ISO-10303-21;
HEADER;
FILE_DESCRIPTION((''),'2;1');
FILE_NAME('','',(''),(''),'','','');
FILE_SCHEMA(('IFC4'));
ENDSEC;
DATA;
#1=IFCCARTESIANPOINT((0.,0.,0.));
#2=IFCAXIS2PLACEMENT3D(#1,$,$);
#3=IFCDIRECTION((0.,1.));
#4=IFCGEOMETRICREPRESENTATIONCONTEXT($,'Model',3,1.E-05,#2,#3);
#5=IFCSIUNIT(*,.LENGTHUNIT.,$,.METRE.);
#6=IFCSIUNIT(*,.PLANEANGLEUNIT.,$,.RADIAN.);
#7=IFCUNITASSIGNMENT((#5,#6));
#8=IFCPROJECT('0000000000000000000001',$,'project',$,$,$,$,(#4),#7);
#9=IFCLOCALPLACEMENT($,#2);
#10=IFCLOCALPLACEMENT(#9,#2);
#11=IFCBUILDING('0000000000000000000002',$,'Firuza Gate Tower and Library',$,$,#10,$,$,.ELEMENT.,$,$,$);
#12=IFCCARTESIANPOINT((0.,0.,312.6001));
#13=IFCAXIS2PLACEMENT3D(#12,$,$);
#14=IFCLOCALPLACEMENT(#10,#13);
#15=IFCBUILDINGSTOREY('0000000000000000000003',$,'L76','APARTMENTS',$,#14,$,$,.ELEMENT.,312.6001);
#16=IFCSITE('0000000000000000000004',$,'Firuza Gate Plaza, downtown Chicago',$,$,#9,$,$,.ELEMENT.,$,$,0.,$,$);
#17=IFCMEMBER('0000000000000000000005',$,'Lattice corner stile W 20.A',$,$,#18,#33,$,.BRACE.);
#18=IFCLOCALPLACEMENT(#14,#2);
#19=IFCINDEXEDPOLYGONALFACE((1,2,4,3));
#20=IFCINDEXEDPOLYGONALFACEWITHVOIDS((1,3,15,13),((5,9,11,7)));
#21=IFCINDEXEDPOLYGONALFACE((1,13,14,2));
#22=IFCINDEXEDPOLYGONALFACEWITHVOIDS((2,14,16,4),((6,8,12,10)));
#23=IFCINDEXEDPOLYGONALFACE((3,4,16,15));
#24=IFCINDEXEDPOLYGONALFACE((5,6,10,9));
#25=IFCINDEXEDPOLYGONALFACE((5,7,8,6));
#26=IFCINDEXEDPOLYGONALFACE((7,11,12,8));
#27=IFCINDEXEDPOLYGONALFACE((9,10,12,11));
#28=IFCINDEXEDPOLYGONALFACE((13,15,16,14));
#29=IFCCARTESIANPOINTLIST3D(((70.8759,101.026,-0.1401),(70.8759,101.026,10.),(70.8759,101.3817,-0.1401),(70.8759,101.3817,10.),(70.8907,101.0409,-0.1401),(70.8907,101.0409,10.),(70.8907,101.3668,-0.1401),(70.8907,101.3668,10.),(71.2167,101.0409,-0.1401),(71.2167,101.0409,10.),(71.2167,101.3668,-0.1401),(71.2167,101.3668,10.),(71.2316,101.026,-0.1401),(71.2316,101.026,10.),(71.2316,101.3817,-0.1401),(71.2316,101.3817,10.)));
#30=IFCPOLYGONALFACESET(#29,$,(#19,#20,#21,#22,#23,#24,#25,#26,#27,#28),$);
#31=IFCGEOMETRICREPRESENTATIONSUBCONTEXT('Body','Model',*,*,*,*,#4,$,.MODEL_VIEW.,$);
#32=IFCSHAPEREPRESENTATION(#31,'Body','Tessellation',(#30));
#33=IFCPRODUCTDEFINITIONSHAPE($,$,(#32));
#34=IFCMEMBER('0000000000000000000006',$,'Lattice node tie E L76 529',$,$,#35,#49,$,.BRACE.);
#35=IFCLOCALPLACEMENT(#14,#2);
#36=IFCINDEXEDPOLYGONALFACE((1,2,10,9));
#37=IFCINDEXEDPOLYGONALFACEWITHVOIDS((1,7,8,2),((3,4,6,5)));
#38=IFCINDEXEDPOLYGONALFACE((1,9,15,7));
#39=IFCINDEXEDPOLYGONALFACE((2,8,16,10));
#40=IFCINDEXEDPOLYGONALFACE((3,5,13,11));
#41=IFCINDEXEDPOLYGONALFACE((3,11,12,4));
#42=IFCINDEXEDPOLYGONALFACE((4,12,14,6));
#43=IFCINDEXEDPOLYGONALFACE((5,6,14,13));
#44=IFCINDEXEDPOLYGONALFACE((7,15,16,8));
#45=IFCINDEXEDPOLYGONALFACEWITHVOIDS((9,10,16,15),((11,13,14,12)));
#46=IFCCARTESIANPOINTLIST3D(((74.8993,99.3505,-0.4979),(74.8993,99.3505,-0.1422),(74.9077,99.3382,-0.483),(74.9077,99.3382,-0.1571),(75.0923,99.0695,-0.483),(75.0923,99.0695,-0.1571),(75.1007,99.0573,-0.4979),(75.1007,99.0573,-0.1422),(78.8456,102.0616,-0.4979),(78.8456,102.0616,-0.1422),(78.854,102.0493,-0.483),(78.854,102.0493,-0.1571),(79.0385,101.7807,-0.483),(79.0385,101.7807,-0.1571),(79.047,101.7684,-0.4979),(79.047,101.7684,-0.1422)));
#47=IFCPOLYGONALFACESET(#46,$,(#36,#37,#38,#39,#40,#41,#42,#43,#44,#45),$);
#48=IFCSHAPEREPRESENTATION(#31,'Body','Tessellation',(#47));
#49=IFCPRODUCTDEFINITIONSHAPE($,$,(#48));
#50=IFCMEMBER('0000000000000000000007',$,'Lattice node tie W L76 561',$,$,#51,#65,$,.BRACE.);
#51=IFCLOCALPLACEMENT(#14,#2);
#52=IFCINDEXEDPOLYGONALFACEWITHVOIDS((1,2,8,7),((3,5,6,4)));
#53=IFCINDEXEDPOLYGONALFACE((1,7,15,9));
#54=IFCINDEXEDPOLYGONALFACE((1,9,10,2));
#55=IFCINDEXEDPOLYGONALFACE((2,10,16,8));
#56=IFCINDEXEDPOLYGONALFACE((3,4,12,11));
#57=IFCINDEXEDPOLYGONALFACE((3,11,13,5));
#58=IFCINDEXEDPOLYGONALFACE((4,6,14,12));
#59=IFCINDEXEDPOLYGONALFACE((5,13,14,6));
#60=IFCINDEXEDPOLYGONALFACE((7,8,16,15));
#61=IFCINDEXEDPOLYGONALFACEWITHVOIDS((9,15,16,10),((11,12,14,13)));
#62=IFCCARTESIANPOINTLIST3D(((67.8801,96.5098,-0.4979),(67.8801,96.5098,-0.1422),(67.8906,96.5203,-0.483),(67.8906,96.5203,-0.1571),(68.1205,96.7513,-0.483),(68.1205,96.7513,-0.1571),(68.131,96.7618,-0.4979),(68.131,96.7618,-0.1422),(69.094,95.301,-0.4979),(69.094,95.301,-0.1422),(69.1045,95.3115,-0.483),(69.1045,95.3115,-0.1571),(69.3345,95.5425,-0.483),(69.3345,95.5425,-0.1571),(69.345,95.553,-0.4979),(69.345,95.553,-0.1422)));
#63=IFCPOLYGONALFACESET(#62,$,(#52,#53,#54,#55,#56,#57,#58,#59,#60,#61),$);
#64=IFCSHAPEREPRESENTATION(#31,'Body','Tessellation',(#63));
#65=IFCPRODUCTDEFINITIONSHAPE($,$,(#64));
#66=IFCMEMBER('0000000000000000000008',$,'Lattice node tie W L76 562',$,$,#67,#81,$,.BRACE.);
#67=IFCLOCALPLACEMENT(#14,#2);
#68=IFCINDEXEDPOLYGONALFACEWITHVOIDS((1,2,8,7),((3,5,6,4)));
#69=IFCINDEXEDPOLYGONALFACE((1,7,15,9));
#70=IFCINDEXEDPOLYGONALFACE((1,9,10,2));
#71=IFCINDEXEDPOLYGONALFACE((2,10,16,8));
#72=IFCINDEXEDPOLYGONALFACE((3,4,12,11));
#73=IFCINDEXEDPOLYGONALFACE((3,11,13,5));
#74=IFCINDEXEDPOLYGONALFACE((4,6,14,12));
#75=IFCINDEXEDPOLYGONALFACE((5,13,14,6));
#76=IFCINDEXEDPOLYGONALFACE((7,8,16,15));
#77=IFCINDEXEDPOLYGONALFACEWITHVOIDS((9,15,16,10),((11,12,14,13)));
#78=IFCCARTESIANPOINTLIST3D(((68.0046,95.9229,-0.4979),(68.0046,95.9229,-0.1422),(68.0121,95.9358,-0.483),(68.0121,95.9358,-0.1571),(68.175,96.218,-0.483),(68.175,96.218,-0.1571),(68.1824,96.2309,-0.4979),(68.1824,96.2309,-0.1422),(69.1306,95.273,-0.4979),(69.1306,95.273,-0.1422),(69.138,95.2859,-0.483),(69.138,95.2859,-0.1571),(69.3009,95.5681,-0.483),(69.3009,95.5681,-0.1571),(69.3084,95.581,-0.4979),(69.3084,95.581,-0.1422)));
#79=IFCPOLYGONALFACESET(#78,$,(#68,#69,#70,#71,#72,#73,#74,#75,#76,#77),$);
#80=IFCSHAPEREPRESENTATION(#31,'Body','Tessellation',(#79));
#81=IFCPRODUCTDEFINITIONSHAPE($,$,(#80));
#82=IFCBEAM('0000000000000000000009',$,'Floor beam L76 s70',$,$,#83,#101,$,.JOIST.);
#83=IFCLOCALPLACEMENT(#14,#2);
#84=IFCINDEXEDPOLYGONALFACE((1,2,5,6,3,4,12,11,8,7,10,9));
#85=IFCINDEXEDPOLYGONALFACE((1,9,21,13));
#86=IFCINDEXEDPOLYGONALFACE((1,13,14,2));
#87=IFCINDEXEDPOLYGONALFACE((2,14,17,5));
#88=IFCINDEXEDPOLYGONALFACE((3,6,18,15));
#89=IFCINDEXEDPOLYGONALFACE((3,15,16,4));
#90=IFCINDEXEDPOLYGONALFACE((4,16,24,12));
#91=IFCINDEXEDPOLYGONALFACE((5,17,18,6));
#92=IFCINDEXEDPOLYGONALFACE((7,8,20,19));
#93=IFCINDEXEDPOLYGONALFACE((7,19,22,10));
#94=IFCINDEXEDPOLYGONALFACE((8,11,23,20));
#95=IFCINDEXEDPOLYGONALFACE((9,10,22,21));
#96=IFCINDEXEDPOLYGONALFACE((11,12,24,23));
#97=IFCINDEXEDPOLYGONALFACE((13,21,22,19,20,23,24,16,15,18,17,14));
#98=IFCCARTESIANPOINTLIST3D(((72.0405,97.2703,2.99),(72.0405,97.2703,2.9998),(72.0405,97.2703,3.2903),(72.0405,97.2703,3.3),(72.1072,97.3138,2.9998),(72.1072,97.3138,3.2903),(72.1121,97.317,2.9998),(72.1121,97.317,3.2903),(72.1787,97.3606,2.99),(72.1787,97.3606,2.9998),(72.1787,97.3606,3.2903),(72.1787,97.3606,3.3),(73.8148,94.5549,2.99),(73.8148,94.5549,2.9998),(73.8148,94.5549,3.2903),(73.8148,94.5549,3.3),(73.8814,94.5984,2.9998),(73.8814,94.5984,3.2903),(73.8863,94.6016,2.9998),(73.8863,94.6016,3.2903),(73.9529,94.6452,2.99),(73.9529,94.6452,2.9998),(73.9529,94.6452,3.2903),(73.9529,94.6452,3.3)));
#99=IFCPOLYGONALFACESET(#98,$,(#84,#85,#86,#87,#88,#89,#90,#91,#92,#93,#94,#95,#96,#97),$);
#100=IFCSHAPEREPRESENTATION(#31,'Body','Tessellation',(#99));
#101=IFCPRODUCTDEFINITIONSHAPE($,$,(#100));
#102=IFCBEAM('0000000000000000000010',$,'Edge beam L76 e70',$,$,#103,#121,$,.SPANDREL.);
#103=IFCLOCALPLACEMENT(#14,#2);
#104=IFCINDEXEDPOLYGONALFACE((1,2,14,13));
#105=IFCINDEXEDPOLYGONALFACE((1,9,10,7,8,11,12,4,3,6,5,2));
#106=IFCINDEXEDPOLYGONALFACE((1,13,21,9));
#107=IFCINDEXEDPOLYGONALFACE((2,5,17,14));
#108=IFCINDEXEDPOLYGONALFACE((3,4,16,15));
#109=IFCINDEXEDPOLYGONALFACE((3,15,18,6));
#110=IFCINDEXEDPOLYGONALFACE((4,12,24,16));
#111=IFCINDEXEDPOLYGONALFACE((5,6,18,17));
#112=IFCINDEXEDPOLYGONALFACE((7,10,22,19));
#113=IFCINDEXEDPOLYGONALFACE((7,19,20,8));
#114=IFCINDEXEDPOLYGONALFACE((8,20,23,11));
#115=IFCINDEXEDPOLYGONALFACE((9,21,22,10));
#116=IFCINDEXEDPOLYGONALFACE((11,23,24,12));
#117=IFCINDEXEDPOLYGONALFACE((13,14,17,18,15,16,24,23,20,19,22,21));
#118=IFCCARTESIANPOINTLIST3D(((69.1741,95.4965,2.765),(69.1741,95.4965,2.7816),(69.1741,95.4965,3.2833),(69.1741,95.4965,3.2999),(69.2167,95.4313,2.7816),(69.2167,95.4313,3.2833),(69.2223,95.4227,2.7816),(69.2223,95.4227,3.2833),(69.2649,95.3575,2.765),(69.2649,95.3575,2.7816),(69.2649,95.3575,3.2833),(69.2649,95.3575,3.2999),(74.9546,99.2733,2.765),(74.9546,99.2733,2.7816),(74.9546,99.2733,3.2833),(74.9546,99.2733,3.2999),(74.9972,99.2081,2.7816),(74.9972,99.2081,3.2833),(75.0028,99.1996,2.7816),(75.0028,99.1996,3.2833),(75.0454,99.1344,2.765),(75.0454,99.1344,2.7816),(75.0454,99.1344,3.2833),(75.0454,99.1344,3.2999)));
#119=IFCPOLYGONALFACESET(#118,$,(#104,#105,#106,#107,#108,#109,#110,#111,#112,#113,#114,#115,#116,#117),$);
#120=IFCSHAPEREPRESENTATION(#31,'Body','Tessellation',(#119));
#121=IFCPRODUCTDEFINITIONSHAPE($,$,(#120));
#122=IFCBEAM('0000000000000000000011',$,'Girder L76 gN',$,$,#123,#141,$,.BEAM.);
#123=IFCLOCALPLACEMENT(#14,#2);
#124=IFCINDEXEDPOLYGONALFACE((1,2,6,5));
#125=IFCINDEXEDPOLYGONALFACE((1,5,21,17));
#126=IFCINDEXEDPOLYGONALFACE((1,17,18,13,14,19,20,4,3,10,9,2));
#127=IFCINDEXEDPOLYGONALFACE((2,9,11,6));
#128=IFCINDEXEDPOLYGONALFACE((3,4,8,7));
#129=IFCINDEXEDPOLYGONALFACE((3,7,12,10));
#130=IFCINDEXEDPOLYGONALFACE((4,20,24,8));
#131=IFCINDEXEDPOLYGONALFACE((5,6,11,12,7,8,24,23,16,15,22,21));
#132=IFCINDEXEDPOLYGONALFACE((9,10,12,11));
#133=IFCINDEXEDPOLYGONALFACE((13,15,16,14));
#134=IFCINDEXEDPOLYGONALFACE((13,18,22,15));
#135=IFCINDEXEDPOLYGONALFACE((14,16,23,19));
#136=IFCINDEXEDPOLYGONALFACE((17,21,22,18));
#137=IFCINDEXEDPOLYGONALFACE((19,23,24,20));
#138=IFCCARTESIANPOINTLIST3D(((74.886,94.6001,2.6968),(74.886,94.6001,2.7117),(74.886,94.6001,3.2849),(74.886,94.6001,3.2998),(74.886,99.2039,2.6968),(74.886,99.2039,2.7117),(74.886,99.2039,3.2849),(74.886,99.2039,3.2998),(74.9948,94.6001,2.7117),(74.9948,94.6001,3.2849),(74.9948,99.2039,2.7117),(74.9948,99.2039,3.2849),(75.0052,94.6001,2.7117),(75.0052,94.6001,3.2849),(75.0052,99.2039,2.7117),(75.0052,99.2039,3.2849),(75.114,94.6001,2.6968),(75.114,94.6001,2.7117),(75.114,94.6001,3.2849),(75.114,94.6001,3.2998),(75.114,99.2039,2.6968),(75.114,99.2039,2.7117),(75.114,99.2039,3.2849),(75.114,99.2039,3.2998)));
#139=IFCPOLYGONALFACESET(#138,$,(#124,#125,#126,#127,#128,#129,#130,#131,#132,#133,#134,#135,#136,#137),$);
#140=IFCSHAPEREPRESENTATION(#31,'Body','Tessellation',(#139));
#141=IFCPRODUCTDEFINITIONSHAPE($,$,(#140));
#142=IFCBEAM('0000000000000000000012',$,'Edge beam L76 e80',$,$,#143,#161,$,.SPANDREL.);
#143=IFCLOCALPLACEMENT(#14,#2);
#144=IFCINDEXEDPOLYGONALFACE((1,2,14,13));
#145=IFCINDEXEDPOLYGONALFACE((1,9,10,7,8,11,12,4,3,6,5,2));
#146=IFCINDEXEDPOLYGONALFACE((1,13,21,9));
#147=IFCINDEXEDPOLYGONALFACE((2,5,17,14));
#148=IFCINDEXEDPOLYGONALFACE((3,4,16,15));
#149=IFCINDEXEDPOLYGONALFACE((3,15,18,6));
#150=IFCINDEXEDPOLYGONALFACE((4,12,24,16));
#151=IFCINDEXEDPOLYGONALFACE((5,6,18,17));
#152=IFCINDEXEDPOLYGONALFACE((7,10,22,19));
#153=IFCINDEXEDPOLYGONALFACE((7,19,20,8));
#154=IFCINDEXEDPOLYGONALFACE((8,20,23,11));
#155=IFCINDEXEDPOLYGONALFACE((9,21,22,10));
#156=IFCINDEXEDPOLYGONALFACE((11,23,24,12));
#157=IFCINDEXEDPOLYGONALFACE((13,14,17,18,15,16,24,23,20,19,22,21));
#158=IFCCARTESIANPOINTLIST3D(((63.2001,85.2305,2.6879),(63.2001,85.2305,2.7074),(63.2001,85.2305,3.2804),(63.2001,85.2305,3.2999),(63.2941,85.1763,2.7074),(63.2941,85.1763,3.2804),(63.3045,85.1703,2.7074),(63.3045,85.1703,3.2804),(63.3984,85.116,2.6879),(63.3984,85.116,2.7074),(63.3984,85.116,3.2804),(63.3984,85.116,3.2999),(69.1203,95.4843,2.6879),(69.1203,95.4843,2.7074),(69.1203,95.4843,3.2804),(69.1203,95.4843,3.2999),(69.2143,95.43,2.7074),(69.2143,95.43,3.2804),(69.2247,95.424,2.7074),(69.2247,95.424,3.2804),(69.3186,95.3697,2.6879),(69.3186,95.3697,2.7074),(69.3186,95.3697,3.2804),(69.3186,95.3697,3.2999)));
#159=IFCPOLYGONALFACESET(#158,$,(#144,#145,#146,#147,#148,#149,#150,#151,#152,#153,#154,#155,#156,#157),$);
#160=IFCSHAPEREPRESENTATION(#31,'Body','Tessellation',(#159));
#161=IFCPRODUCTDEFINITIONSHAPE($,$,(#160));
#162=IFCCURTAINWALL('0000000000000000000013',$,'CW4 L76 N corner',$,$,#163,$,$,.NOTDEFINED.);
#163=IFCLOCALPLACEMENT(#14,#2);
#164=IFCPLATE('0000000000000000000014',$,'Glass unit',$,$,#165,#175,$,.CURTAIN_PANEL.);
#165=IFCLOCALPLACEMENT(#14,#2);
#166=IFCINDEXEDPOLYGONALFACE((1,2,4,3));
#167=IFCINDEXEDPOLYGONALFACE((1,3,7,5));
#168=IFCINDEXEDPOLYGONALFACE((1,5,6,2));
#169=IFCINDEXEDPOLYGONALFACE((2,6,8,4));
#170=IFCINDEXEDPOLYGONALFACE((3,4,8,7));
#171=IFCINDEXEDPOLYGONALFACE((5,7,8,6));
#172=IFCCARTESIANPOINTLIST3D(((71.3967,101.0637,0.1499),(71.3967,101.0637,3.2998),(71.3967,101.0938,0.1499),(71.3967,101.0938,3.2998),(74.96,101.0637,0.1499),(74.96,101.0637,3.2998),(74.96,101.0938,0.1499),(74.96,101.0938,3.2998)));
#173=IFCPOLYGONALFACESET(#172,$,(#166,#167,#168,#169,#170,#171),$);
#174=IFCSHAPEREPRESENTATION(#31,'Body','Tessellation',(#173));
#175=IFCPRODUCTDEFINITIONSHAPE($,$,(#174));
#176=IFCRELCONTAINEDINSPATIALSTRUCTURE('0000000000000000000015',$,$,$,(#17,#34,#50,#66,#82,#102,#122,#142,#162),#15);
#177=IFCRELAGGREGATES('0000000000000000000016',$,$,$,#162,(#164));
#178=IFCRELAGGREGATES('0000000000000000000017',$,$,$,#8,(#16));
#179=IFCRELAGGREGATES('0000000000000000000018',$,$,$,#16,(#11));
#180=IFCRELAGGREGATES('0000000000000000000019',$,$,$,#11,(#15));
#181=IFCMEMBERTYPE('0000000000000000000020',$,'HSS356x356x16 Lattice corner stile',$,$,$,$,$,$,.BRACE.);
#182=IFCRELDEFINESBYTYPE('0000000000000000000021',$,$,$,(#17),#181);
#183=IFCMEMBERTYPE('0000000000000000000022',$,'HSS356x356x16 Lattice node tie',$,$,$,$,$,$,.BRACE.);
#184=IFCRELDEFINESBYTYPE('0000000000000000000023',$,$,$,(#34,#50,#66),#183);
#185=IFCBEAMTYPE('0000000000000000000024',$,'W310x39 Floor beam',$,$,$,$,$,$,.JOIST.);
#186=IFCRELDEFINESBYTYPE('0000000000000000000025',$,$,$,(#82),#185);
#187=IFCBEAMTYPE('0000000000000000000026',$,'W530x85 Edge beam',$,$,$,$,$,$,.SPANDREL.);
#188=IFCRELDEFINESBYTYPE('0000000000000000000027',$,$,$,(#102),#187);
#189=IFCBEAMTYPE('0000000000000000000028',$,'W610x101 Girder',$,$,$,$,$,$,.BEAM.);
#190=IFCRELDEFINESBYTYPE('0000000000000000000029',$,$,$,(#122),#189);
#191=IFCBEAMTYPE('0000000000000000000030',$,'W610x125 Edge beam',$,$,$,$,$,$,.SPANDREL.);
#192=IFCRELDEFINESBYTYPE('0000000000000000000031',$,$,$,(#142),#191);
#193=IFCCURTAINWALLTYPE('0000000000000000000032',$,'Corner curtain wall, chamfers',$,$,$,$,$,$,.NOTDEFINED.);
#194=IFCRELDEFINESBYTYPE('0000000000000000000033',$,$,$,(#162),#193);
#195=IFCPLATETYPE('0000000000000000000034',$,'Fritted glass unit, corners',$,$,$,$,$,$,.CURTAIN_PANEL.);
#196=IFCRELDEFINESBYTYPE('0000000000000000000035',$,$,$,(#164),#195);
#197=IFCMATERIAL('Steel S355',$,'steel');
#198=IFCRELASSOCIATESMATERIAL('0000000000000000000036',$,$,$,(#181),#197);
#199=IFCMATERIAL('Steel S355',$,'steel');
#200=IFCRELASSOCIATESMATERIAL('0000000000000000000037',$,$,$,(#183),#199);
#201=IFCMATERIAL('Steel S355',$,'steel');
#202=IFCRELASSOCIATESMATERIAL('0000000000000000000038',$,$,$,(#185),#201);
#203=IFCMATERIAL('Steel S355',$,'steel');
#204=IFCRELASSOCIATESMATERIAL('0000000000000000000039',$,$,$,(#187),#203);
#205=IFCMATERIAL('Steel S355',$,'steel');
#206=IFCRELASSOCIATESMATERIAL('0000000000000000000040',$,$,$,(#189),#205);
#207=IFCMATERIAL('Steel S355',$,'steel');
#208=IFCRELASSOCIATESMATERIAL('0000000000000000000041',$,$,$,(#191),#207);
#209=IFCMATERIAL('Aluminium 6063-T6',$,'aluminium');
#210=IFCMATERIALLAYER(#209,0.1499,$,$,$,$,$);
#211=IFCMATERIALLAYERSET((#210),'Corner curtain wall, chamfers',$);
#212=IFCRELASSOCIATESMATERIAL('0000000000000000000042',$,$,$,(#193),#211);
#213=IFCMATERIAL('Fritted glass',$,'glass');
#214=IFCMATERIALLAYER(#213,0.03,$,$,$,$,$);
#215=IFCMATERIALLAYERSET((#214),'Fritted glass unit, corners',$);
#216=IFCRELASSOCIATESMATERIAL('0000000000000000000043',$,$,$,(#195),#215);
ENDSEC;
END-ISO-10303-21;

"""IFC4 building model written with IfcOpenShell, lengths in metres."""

from ifc_helpers import new_model, si_unit, direction, frame, origin, origin_2d, place, context, subcontext, project, spatial, polyline, hollow_rectangle, i_section, outline, extrude, material, layer, layer_set, material_profile, profile_set, type_object, element, aggregate, save


model = new_model("IFC4")

# Units and contexts
model_context = context("Model", 3, precision=1e-05, world=origin(), true_north=direction((0.0, 1.0)))
body_context = subcontext(model_context, "Body", "Model", "MODEL_VIEW")
ifc_project = project(units=[si_unit("LENGTHUNIT", "METRE"), si_unit("PLANEANGLEUNIT", "RADIAN")], contexts=[model_context])

# Site, building, storey
site_placement = place(None, origin())
site = spatial("IfcSite", under=ifc_project, at=site_placement, Name="Firuza Gate Plaza, downtown Chicago", CompositionType="ELEMENT", RefElevation=0.0)
building_placement = place(site_placement, origin())
building = spatial("IfcBuilding", under=site, at=building_placement, Name="Firuza Gate Tower and Library", CompositionType="ELEMENT")
storey_placement = place(building_placement, frame((0.0, 0.0, 312.6001)))
storey = spatial("IfcBuildingStorey", under=building, at=storey_placement, Name="L76", Description="APARTMENTS", CompositionType="ELEMENT", Elevation=312.6001)

# Shared definitions
placement = place(storey_placement, origin())

# Members
ifc_material_1 = material(Name="Steel S355", Category="steel")
ifc_material_profile_1 = material_profile(ifc_material_1, hollow_rectangle(XDim=0.3557, YDim=0.3557, WallThickness=0.0149, at=origin_2d()))
ifc_profile_set_1 = profile_set([ifc_material_profile_1], Name="Steel S355")
member_type_1 = type_object("IfcMemberType", Name="HSS356x356x16 Lattice corner stile", PredefinedType="BRACE", material=ifc_profile_set_1)
member_1_placement = place(storey_placement, frame((71.0537, 101.2039, -0.1401), z_axis=(0.0, 0.0, 1.0), x_axis=(1.0, 0.0, 0.0)))
element("IfcMember", 1, at=member_1_placement, inside=storey, type_object=member_type_1, Name="Lattice corner stile W 20.A", PredefinedType="BRACE", context=body_context, shape_type="SweptSolid", body=[
    extrude(hollow_rectangle(XDim=0.3557, YDim=0.3557, WallThickness=0.0149, at=origin_2d()), origin(), (0.0, 0.0, 1.0), 10.1401),
])
ifc_material_2 = material(Name="Steel S355", Category="steel")
ifc_material_profile_2 = material_profile(ifc_material_2, hollow_rectangle(XDim=0.3557, YDim=0.3557, WallThickness=0.0149, at=origin_2d()))
ifc_profile_set_2 = profile_set([ifc_material_profile_2], Name="Steel S355")
member_type_2 = type_object("IfcMemberType", Name="HSS356x356x16 Lattice node tie", PredefinedType="BRACE", material=ifc_profile_set_2)
member_2_placement = place(storey_placement, frame((75.0, 99.2039, -0.3201), z_axis=(0.824226, 0.56626, 0.0), x_axis=(-0.56626, 0.824226, 0.0)))
element("IfcMember", 2, at=member_2_placement, inside=storey, type_object=member_type_2, Name="Lattice node tie E L76 529", PredefinedType="BRACE", context=body_context, shape_type="SweptSolid", body=[
    extrude(hollow_rectangle(XDim=0.3557, YDim=0.3557, WallThickness=0.0149, at=origin_2d()), origin(), (0.0, 0.0, 1.0), 4.7878),
])
member_3_placement = place(storey_placement, frame((69.2195, 95.427, -0.3201), z_axis=(-0.708602, 0.705609, 0.0), x_axis=(-0.705609, -0.708602, 0.0)))
element("IfcMember", 3, at=member_3_placement, inside=storey, type_object=member_type_2, Name="Lattice node tie W L76 561", PredefinedType="BRACE", context=body_context, shape_type="SweptSolid", body=[
    extrude(hollow_rectangle(XDim=0.3557, YDim=0.3557, WallThickness=0.0149, at=origin_2d()), origin(), (0.0, 0.0, 1.0), 1.7131),
])
member_4_placement = place(storey_placement, frame((69.2195, 95.427, -0.3201), z_axis=(-0.866086, 0.499896, 0.0), x_axis=(-0.499896, -0.866086, 0.0)))
element("IfcMember", 4, at=member_4_placement, inside=storey, type_object=member_type_2, Name="Lattice node tie W L76 562", PredefinedType="BRACE", context=body_context, shape_type="SweptSolid", body=[
    extrude(hollow_rectangle(XDim=0.3557, YDim=0.3557, WallThickness=0.0149, at=origin_2d()), origin(), (0.0, 0.0, 1.0), 1.3),
])

# Beams
ifc_material_3 = material(Name="Steel S355", Category="steel")
ifc_material_profile_3 = material_profile(ifc_material_3, i_section(OverallWidth=0.165, OverallDepth=0.3101, WebThickness=0.0059, FlangeThickness=0.0098, at=origin_2d()))
ifc_profile_set_3 = profile_set([ifc_material_profile_3], Name="Steel S355")
beam_type_1 = type_object("IfcBeamType", Name="W310x39 Floor beam", PredefinedType="JOIST", material=ifc_profile_set_3)
beam_1_placement = place(storey_placement, frame((72.1096, 97.3154, 3.145), z_axis=(0.546982, -0.837145, 0.0), x_axis=(0.837145, 0.546982, 0.0)))
element("IfcBeam", 5, at=beam_1_placement, inside=storey, type_object=beam_type_1, Name="Floor beam L76 s70", PredefinedType="JOIST", context=body_context, shape_type="SweptSolid", body=[
    extrude(i_section(OverallWidth=0.165, OverallDepth=0.3101, WebThickness=0.0059, FlangeThickness=0.0098, at=origin_2d()), origin(), (0.0, 0.0, 1.0), 3.2437),
])
ifc_material_4 = material(Name="Steel S355", Category="steel")
ifc_material_profile_4 = material_profile(ifc_material_4, i_section(OverallWidth=0.166, OverallDepth=0.5349, WebThickness=0.0103, FlangeThickness=0.0166, at=origin_2d()))
ifc_profile_set_4 = profile_set([ifc_material_profile_4], Name="Steel S355")
beam_type_2 = type_object("IfcBeamType", Name="W530x85 Edge beam", PredefinedType="SPANDREL", material=ifc_profile_set_4)
beam_2_placement = place(storey_placement, frame((75.0, 99.2039, 3.0325), z_axis=(-0.83715, -0.546974, 0.0), x_axis=(0.546974, -0.83715, 0.0)))
element("IfcBeam", 6, at=beam_2_placement, inside=storey, type_object=beam_type_2, Name="Edge beam L76 e70", PredefinedType="SPANDREL", context=body_context, shape_type="SweptSolid", body=[
    extrude(i_section(OverallWidth=0.166, OverallDepth=0.5349, WebThickness=0.0103, FlangeThickness=0.0166, at=origin_2d()), origin(), (0.0, 0.0, 1.0), 6.905),
])
ifc_material_5 = material(Name="Steel S355", Category="steel")
ifc_material_profile_5 = material_profile(ifc_material_5, i_section(OverallWidth=0.228, OverallDepth=0.603, WebThickness=0.0105, FlangeThickness=0.0149, at=origin_2d()))
ifc_profile_set_5 = profile_set([ifc_material_profile_5], Name="Steel S355")
beam_type_3 = type_object("IfcBeamType", Name="W610x101 Girder", PredefinedType="BEAM", material=ifc_profile_set_5)
beam_3_placement = place(storey_placement, frame((75.0, 99.2039, 2.9983), z_axis=(0.0, -1.0, 0.0), x_axis=(1.0, 0.0, 0.0)))
element("IfcBeam", 7, at=beam_3_placement, inside=storey, type_object=beam_type_3, Name="Girder L76 gN", PredefinedType="BEAM", context=body_context, shape_type="SweptSolid", body=[
    extrude(i_section(OverallWidth=0.228, OverallDepth=0.603, WebThickness=0.0105, FlangeThickness=0.0149, at=origin_2d()), origin(), (0.0, 0.0, 1.0), 4.6038),
])
ifc_material_6 = material(Name="Steel S355", Category="steel")
ifc_material_profile_6 = material_profile(ifc_material_6, i_section(OverallWidth=0.229, OverallDepth=0.6121, WebThickness=0.012, FlangeThickness=0.0195, at=origin_2d()))
ifc_profile_set_6 = profile_set([ifc_material_profile_6], Name="Steel S355")
beam_type_4 = type_object("IfcBeamType", Name="W610x125 Edge beam", PredefinedType="SPANDREL", material=ifc_profile_set_6)
beam_4_placement = place(storey_placement, frame((69.2195, 95.427, 2.9939), z_axis=(-0.500013, -0.866018, 0.0), x_axis=(0.866018, -0.500013, 0.0)))
element("IfcBeam", 8, at=beam_4_placement, inside=storey, type_object=beam_type_4, Name="Edge beam L76 e80", PredefinedType="SPANDREL", context=body_context, shape_type="SweptSolid", body=[
    extrude(i_section(OverallWidth=0.229, OverallDepth=0.6121, WebThickness=0.012, FlangeThickness=0.0195, at=origin_2d()), origin(), (0.0, 0.0, 1.0), 11.8401),
])

# Curtain wall, plate
ifc_material_7 = material(Name="Aluminium 6063-T6", Category="aluminium")
ifc_layer_1 = layer(ifc_material_7, 0.1499)
ifc_layer_set_1 = layer_set([ifc_layer_1], Name="Corner curtain wall, chamfers")
curtain_wall_type_1 = type_object("IfcCurtainWallType", Name="Corner curtain wall, chamfers", PredefinedType="NOTDEFINED", material=ifc_layer_set_1)
curtain_wall_1 = element("IfcCurtainWall", 9, at=placement, inside=storey, type_object=curtain_wall_type_1, Name="CW4 L76 N corner", PredefinedType="NOTDEFINED")
ifc_material_8 = material(Name="Fritted glass", Category="glass")
ifc_layer_2 = layer(ifc_material_8, 0.03)
ifc_layer_set_2 = layer_set([ifc_layer_2], Name="Fritted glass unit, corners")
plate_type_1 = type_object("IfcPlateType", Name="Fritted glass unit, corners", PredefinedType="CURTAIN_PANEL", material=ifc_layer_set_2)
plate_1_placement = place(storey_placement, frame((74.96, 101.0938, 0.1499), z_axis=(0.0, 1.0, 0.0), x_axis=(-1.0, 0.0, 0.0)))
plate_1 = element("IfcPlate", 10, at=plate_1_placement, type_object=plate_type_1, Name="Glass unit", PredefinedType="CURTAIN_PANEL", context=body_context, shape_type="SweptSolid", body=[
    extrude(outline(polyline([(0.0, 0.0), (3.5632, 0.0), (3.5632, 3.1499), (0.0, 3.1499), (0.0, 0.0)])), origin(), (0.0, 0.0, -1.0), 0.03),
])
aggregate(curtain_wall_1, [plate_1])

save(model, "model.ifc")
